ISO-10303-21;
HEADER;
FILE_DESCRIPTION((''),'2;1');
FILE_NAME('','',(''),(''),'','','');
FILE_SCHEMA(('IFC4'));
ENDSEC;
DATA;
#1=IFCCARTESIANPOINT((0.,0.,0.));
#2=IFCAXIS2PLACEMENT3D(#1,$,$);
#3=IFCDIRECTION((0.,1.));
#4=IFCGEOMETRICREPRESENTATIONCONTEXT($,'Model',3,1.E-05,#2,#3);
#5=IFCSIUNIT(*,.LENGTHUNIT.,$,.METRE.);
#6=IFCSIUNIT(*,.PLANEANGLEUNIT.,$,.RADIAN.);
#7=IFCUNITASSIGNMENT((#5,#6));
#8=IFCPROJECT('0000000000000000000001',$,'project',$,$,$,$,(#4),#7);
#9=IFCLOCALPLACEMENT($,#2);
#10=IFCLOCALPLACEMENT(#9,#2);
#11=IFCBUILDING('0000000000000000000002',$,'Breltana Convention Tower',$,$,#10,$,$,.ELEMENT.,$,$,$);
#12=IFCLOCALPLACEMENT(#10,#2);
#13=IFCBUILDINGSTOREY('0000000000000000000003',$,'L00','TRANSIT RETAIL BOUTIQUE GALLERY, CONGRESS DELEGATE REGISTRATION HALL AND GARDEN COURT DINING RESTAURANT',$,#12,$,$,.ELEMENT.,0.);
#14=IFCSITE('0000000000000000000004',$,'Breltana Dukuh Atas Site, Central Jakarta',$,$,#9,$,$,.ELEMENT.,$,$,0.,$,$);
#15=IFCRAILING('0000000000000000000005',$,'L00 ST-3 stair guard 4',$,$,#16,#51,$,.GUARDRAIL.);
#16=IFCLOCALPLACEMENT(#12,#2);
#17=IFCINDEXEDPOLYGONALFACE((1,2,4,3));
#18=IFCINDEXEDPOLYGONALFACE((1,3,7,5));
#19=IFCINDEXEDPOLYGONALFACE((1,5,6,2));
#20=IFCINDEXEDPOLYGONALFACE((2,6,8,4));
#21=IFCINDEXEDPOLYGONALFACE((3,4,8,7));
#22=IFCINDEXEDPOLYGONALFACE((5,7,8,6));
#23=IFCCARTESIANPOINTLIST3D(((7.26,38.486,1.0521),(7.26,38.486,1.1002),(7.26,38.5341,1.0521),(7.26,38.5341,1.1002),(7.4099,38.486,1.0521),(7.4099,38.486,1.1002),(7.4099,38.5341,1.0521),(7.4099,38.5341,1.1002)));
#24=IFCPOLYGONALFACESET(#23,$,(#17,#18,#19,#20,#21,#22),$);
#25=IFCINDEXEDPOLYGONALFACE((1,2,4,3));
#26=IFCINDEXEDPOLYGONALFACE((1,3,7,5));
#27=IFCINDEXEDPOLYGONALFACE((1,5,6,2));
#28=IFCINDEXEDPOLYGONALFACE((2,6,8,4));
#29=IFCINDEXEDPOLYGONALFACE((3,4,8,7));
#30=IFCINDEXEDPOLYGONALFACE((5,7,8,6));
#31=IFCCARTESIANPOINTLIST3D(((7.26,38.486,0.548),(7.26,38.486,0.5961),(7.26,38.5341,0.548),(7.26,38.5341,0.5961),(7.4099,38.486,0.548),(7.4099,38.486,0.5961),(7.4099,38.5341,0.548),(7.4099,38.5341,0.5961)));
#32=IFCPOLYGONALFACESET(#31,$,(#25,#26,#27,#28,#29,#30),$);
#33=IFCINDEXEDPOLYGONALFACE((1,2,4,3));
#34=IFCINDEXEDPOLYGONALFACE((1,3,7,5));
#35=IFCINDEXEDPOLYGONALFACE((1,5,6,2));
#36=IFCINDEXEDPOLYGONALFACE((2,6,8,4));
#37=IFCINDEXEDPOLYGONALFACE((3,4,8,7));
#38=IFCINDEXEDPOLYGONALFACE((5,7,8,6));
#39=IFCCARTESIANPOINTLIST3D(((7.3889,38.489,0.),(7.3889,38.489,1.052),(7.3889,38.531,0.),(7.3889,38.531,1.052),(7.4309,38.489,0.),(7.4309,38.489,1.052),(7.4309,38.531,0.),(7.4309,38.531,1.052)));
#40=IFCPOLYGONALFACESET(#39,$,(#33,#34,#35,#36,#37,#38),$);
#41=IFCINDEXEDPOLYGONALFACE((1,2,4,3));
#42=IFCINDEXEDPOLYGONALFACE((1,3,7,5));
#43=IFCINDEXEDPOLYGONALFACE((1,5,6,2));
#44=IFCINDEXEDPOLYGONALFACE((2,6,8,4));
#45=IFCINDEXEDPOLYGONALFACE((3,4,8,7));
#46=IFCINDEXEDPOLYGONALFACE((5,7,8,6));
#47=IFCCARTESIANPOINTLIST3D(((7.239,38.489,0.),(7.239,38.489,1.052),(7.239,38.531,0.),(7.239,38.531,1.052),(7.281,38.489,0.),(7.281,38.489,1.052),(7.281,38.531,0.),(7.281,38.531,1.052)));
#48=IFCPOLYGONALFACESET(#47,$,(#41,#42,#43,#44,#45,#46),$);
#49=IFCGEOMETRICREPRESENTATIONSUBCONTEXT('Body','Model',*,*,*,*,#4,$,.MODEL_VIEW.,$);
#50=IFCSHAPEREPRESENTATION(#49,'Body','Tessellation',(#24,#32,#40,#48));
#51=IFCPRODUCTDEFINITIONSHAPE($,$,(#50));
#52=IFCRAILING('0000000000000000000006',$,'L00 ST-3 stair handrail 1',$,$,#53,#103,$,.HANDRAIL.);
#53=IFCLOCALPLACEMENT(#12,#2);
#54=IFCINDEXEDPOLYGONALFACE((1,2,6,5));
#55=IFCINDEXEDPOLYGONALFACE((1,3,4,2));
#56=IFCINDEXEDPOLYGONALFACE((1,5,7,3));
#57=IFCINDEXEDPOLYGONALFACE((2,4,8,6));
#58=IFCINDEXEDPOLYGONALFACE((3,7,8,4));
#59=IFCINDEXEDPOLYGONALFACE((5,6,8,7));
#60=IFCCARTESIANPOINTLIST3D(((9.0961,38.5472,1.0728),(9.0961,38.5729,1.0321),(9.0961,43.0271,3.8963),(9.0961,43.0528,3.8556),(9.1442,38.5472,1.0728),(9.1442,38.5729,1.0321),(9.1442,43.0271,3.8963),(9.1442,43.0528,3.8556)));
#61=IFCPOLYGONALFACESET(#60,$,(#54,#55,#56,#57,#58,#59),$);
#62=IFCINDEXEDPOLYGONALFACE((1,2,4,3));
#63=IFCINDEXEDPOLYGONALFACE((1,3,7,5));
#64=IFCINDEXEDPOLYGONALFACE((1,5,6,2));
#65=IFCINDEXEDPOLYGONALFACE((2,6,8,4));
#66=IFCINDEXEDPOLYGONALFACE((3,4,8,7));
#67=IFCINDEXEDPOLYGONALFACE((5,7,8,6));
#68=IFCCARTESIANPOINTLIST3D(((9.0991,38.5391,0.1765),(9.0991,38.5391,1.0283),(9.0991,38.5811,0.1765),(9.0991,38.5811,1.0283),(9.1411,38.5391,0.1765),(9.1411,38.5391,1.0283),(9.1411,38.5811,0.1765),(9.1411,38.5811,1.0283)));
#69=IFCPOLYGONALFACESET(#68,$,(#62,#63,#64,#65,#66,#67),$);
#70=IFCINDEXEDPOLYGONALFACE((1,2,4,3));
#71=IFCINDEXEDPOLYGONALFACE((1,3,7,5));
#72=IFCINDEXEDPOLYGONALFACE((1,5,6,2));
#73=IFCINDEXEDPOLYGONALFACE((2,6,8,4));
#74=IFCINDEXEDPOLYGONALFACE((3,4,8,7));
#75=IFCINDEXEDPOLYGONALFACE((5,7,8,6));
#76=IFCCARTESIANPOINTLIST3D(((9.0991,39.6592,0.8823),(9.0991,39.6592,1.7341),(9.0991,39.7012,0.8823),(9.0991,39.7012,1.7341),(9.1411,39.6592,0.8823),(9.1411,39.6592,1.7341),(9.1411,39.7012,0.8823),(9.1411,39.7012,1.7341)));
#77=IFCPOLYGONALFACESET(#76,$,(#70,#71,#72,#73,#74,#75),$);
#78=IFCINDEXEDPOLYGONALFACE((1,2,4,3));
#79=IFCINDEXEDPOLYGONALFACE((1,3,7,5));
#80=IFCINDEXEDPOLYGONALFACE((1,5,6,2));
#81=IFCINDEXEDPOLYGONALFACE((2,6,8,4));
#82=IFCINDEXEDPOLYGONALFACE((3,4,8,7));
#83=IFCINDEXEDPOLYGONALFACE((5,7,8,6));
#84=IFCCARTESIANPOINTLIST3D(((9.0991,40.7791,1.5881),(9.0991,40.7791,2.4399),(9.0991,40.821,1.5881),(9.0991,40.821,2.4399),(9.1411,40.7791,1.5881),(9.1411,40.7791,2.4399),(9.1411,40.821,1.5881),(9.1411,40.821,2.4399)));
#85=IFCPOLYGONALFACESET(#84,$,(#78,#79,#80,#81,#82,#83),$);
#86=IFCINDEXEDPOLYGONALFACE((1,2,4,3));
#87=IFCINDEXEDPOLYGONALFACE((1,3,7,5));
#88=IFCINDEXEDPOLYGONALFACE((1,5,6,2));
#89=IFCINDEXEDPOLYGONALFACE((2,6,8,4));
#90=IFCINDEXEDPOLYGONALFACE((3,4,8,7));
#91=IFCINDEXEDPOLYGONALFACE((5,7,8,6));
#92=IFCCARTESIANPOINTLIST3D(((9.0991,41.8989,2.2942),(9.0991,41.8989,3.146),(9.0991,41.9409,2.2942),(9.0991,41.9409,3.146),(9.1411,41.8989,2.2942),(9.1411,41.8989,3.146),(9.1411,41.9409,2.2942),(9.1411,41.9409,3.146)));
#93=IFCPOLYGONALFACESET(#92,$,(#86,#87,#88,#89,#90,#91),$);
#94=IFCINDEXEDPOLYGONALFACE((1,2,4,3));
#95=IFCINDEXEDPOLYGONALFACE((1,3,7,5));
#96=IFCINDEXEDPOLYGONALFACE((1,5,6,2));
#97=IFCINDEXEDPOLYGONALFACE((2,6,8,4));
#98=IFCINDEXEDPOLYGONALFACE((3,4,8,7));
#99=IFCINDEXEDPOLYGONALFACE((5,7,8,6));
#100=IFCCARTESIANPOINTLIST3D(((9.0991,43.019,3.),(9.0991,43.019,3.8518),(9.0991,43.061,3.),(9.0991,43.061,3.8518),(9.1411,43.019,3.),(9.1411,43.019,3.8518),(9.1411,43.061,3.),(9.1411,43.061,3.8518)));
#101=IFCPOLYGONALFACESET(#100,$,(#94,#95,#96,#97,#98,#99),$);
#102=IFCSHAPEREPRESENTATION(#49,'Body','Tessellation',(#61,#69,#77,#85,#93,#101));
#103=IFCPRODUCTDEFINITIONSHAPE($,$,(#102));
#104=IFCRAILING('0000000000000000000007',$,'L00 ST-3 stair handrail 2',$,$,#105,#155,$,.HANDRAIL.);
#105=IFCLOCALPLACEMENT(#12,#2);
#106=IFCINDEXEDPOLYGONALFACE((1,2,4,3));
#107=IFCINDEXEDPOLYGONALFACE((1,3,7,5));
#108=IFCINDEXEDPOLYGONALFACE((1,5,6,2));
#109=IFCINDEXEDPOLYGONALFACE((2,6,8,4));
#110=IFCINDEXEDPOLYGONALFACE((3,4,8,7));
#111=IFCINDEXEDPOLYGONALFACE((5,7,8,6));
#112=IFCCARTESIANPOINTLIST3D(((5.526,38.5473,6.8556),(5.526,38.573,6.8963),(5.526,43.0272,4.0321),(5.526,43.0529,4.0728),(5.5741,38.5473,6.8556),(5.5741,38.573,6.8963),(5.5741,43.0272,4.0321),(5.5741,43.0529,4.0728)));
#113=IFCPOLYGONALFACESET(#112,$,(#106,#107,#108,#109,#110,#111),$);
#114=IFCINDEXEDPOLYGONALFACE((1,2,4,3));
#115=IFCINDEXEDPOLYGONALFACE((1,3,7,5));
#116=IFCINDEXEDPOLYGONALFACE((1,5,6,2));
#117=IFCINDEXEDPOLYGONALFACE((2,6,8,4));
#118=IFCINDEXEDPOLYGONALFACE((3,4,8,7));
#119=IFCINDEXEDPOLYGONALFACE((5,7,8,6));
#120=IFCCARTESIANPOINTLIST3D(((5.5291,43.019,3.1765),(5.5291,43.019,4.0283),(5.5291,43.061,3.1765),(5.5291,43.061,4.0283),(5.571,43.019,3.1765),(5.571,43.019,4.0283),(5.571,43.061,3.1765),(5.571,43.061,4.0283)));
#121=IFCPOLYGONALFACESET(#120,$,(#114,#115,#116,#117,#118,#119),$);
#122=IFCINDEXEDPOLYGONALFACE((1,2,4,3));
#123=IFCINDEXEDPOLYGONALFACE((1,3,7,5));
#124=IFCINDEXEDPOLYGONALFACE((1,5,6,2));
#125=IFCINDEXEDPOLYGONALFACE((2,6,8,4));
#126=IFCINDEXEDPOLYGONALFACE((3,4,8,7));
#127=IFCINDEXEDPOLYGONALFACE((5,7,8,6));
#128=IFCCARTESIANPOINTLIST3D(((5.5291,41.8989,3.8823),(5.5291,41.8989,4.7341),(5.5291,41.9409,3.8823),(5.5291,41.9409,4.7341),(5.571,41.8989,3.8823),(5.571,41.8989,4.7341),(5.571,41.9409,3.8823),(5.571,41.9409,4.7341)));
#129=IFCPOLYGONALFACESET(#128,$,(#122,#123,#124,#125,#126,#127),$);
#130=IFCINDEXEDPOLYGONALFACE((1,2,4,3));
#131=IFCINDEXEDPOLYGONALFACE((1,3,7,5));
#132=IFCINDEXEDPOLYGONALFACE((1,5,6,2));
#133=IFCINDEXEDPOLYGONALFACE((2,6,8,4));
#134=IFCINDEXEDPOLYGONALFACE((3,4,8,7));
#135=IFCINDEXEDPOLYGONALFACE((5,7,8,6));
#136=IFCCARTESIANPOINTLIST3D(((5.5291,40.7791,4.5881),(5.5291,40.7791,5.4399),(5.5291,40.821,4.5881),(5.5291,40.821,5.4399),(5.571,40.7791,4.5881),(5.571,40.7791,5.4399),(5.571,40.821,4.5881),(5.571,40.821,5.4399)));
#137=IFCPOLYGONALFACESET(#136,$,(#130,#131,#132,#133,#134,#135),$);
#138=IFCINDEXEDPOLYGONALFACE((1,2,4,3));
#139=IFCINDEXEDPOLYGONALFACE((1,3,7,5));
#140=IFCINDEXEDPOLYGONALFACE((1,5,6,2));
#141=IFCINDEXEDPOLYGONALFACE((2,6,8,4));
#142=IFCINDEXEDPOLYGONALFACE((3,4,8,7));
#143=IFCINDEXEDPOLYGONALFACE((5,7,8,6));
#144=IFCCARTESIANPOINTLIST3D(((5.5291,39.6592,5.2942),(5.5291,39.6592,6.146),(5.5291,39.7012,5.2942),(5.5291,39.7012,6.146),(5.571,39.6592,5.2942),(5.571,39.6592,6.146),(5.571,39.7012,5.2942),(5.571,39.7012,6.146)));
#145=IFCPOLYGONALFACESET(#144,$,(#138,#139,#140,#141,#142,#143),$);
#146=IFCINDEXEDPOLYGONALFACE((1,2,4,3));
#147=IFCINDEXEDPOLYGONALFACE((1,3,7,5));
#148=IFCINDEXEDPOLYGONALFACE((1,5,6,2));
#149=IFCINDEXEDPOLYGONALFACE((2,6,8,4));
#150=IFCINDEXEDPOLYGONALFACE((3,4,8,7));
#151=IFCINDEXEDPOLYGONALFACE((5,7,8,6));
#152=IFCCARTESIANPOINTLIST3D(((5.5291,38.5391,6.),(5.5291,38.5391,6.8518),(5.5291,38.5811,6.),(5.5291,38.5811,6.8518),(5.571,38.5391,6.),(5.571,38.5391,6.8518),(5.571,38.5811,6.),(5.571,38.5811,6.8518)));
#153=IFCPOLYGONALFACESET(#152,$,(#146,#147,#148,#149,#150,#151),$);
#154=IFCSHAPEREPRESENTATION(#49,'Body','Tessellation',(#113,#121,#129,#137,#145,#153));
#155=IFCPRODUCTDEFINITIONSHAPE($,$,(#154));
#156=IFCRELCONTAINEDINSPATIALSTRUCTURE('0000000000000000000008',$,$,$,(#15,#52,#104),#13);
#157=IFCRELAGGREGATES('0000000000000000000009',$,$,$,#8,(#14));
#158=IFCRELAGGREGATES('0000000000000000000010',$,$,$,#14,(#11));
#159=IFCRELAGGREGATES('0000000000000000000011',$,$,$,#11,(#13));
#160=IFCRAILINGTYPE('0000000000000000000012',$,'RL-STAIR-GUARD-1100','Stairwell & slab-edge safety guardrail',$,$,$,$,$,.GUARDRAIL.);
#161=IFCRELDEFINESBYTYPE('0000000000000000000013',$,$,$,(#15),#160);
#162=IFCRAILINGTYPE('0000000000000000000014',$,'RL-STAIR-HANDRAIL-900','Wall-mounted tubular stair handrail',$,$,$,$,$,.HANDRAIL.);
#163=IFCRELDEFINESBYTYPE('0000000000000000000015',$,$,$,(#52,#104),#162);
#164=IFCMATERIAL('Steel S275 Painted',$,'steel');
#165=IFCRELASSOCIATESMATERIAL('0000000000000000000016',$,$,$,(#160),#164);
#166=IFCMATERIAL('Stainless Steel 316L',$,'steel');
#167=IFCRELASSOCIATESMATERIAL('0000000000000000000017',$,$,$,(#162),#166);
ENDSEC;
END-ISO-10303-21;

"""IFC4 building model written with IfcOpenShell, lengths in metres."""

from ifc_helpers import new_model, si_unit, direction, frame, origin, origin_2d, place, context, subcontext, project, spatial, rectangle, extrude, material, type_object, element, save


model = new_model("IFC4")

# Units and contexts
model_context = context("Model", 3, precision=1e-05, world=origin(), true_north=direction((0.0, 1.0)))
body_context = subcontext(model_context, "Body", "Model", "MODEL_VIEW")
ifc_project = project(units=[si_unit("LENGTHUNIT", "METRE"), si_unit("PLANEANGLEUNIT", "RADIAN")], contexts=[model_context])

# Site, building, storey
site_placement = place(None, origin())
site = spatial("IfcSite", under=ifc_project, at=site_placement, Name="Breltana Dukuh Atas Site, Central Jakarta", CompositionType="ELEMENT", RefElevation=0.0)
building_placement = place(site_placement, origin())
building = spatial("IfcBuilding", under=site, at=building_placement, Name="Breltana Convention Tower", CompositionType="ELEMENT")
storey_placement = place(building_placement, origin())
storey = spatial("IfcBuildingStorey", under=building, at=storey_placement, Name="L00", Description="TRANSIT RETAIL BOUTIQUE GALLERY, CONGRESS DELEGATE REGISTRATION HALL AND GARDEN COURT DINING RESTAURANT", CompositionType="ELEMENT", Elevation=0.0)

# Railings
ifc_material_1 = material(Name="Steel S275 Painted", Category="steel")
railing_type_1 = type_object("IfcRailingType", Name="RL-STAIR-GUARD-1100", Description="Stairwell & slab-edge safety guardrail", PredefinedType="GUARDRAIL", material=ifc_material_1)
railing_1_placement = place(storey_placement, frame((7.4099, 38.51, 0.0)))
element("IfcRailing", 1, at=railing_1_placement, inside=storey, type_object=railing_type_1, Name="L00 ST-3 stair guard 4", PredefinedType="GUARDRAIL", context=body_context, shape_type="SweptSolid", body=[
    extrude(rectangle(XDim=0.0481, YDim=0.0481, at=origin_2d()), frame((0.0, 0.0, 1.0762), z_axis=(-1.0, 0.0, 0.0), x_axis=(0.0, -1.0, 0.0)), (0.0, 0.0, 1.0), 0.1499),
    extrude(rectangle(XDim=0.0481, YDim=0.0481, at=origin_2d()), frame((0.0, 0.0, 0.572), z_axis=(-1.0, 0.0, 0.0), x_axis=(0.0, -1.0, 0.0)), (0.0, 0.0, 1.0), 0.1499),
    extrude(rectangle(XDim=0.042, YDim=0.042, at=origin_2d()), origin(), (0.0, 0.0, 1.0), 1.052),
    extrude(rectangle(XDim=0.042, YDim=0.042, at=origin_2d()), frame((-0.1499, 0.0, 0.0)), (0.0, 0.0, 1.0), 1.052),
])
ifc_material_2 = material(Name="Stainless Steel 316L", Category="steel")
railing_type_2 = type_object("IfcRailingType", Name="RL-STAIR-HANDRAIL-900", Description="Wall-mounted tubular stair handrail", PredefinedType="HANDRAIL", material=ifc_material_2)
railing_2_placement = place(storey_placement, frame((9.1201, 38.5601, 0.1765)))
element("IfcRailing", 2, at=railing_2_placement, inside=storey, type_object=railing_type_2, Name="L00 ST-3 stair handrail 1", PredefinedType="HANDRAIL", context=body_context, shape_type="SweptSolid", body=[
    extrude(rectangle(XDim=0.0481, YDim=0.0481, at=origin_2d()), frame((0.0, 0.0, 0.876), z_axis=(0.0, 0.845998, 0.533186), x_axis=(-1.0, 0.0, 0.0)), (0.0, 0.0, 1.0), 5.2954),
    extrude(rectangle(XDim=0.042, YDim=0.042, at=origin_2d()), origin(), (0.0, 0.0, 1.0), 0.8518),
    extrude(rectangle(XDim=0.042, YDim=0.042, at=origin_2d()), frame((0.0, 1.1201, 0.7058)), (0.0, 0.0, 1.0), 0.8518),
    extrude(rectangle(XDim=0.042, YDim=0.042, at=origin_2d()), frame((0.0, 2.24, 1.4116)), (0.0, 0.0, 1.0), 0.8518),
    extrude(rectangle(XDim=0.042, YDim=0.042, at=origin_2d()), frame((0.0, 3.3599, 2.1177)), (0.0, 0.0, 1.0), 0.8518),
    extrude(rectangle(XDim=0.042, YDim=0.042, at=origin_2d()), frame((0.0, 4.48, 2.8235)), (0.0, 0.0, 1.0), 0.8518),
])
railing_3_placement = place(storey_placement, frame((5.55, 43.04, 3.1765)))
element("IfcRailing", 3, at=railing_3_placement, inside=storey, type_object=railing_type_2, Name="L00 ST-3 stair handrail 2", PredefinedType="HANDRAIL", context=body_context, shape_type="SweptSolid", body=[
    extrude(rectangle(XDim=0.0481, YDim=0.0481, at=origin_2d()), frame((0.0, 0.0, 0.876), z_axis=(0.0, -0.845998, 0.533186), x_axis=(1.0, 0.0, 0.0)), (0.0, 0.0, 1.0), 5.2954),
    extrude(rectangle(XDim=0.042, YDim=0.042, at=origin_2d()), origin(), (0.0, 0.0, 1.0), 0.8518),
    extrude(rectangle(XDim=0.042, YDim=0.042, at=origin_2d()), frame((0.0, -1.1201, 0.7058)), (0.0, 0.0, 1.0), 0.8518),
    extrude(rectangle(XDim=0.042, YDim=0.042, at=origin_2d()), frame((0.0, -2.24, 1.4116)), (0.0, 0.0, 1.0), 0.8518),
    extrude(rectangle(XDim=0.042, YDim=0.042, at=origin_2d()), frame((0.0, -3.3599, 2.1177)), (0.0, 0.0, 1.0), 0.8518),
    extrude(rectangle(XDim=0.042, YDim=0.042, at=origin_2d()), frame((0.0, -4.48, 2.8235)), (0.0, 0.0, 1.0), 0.8518),
])

save(model, "model.ifc")
